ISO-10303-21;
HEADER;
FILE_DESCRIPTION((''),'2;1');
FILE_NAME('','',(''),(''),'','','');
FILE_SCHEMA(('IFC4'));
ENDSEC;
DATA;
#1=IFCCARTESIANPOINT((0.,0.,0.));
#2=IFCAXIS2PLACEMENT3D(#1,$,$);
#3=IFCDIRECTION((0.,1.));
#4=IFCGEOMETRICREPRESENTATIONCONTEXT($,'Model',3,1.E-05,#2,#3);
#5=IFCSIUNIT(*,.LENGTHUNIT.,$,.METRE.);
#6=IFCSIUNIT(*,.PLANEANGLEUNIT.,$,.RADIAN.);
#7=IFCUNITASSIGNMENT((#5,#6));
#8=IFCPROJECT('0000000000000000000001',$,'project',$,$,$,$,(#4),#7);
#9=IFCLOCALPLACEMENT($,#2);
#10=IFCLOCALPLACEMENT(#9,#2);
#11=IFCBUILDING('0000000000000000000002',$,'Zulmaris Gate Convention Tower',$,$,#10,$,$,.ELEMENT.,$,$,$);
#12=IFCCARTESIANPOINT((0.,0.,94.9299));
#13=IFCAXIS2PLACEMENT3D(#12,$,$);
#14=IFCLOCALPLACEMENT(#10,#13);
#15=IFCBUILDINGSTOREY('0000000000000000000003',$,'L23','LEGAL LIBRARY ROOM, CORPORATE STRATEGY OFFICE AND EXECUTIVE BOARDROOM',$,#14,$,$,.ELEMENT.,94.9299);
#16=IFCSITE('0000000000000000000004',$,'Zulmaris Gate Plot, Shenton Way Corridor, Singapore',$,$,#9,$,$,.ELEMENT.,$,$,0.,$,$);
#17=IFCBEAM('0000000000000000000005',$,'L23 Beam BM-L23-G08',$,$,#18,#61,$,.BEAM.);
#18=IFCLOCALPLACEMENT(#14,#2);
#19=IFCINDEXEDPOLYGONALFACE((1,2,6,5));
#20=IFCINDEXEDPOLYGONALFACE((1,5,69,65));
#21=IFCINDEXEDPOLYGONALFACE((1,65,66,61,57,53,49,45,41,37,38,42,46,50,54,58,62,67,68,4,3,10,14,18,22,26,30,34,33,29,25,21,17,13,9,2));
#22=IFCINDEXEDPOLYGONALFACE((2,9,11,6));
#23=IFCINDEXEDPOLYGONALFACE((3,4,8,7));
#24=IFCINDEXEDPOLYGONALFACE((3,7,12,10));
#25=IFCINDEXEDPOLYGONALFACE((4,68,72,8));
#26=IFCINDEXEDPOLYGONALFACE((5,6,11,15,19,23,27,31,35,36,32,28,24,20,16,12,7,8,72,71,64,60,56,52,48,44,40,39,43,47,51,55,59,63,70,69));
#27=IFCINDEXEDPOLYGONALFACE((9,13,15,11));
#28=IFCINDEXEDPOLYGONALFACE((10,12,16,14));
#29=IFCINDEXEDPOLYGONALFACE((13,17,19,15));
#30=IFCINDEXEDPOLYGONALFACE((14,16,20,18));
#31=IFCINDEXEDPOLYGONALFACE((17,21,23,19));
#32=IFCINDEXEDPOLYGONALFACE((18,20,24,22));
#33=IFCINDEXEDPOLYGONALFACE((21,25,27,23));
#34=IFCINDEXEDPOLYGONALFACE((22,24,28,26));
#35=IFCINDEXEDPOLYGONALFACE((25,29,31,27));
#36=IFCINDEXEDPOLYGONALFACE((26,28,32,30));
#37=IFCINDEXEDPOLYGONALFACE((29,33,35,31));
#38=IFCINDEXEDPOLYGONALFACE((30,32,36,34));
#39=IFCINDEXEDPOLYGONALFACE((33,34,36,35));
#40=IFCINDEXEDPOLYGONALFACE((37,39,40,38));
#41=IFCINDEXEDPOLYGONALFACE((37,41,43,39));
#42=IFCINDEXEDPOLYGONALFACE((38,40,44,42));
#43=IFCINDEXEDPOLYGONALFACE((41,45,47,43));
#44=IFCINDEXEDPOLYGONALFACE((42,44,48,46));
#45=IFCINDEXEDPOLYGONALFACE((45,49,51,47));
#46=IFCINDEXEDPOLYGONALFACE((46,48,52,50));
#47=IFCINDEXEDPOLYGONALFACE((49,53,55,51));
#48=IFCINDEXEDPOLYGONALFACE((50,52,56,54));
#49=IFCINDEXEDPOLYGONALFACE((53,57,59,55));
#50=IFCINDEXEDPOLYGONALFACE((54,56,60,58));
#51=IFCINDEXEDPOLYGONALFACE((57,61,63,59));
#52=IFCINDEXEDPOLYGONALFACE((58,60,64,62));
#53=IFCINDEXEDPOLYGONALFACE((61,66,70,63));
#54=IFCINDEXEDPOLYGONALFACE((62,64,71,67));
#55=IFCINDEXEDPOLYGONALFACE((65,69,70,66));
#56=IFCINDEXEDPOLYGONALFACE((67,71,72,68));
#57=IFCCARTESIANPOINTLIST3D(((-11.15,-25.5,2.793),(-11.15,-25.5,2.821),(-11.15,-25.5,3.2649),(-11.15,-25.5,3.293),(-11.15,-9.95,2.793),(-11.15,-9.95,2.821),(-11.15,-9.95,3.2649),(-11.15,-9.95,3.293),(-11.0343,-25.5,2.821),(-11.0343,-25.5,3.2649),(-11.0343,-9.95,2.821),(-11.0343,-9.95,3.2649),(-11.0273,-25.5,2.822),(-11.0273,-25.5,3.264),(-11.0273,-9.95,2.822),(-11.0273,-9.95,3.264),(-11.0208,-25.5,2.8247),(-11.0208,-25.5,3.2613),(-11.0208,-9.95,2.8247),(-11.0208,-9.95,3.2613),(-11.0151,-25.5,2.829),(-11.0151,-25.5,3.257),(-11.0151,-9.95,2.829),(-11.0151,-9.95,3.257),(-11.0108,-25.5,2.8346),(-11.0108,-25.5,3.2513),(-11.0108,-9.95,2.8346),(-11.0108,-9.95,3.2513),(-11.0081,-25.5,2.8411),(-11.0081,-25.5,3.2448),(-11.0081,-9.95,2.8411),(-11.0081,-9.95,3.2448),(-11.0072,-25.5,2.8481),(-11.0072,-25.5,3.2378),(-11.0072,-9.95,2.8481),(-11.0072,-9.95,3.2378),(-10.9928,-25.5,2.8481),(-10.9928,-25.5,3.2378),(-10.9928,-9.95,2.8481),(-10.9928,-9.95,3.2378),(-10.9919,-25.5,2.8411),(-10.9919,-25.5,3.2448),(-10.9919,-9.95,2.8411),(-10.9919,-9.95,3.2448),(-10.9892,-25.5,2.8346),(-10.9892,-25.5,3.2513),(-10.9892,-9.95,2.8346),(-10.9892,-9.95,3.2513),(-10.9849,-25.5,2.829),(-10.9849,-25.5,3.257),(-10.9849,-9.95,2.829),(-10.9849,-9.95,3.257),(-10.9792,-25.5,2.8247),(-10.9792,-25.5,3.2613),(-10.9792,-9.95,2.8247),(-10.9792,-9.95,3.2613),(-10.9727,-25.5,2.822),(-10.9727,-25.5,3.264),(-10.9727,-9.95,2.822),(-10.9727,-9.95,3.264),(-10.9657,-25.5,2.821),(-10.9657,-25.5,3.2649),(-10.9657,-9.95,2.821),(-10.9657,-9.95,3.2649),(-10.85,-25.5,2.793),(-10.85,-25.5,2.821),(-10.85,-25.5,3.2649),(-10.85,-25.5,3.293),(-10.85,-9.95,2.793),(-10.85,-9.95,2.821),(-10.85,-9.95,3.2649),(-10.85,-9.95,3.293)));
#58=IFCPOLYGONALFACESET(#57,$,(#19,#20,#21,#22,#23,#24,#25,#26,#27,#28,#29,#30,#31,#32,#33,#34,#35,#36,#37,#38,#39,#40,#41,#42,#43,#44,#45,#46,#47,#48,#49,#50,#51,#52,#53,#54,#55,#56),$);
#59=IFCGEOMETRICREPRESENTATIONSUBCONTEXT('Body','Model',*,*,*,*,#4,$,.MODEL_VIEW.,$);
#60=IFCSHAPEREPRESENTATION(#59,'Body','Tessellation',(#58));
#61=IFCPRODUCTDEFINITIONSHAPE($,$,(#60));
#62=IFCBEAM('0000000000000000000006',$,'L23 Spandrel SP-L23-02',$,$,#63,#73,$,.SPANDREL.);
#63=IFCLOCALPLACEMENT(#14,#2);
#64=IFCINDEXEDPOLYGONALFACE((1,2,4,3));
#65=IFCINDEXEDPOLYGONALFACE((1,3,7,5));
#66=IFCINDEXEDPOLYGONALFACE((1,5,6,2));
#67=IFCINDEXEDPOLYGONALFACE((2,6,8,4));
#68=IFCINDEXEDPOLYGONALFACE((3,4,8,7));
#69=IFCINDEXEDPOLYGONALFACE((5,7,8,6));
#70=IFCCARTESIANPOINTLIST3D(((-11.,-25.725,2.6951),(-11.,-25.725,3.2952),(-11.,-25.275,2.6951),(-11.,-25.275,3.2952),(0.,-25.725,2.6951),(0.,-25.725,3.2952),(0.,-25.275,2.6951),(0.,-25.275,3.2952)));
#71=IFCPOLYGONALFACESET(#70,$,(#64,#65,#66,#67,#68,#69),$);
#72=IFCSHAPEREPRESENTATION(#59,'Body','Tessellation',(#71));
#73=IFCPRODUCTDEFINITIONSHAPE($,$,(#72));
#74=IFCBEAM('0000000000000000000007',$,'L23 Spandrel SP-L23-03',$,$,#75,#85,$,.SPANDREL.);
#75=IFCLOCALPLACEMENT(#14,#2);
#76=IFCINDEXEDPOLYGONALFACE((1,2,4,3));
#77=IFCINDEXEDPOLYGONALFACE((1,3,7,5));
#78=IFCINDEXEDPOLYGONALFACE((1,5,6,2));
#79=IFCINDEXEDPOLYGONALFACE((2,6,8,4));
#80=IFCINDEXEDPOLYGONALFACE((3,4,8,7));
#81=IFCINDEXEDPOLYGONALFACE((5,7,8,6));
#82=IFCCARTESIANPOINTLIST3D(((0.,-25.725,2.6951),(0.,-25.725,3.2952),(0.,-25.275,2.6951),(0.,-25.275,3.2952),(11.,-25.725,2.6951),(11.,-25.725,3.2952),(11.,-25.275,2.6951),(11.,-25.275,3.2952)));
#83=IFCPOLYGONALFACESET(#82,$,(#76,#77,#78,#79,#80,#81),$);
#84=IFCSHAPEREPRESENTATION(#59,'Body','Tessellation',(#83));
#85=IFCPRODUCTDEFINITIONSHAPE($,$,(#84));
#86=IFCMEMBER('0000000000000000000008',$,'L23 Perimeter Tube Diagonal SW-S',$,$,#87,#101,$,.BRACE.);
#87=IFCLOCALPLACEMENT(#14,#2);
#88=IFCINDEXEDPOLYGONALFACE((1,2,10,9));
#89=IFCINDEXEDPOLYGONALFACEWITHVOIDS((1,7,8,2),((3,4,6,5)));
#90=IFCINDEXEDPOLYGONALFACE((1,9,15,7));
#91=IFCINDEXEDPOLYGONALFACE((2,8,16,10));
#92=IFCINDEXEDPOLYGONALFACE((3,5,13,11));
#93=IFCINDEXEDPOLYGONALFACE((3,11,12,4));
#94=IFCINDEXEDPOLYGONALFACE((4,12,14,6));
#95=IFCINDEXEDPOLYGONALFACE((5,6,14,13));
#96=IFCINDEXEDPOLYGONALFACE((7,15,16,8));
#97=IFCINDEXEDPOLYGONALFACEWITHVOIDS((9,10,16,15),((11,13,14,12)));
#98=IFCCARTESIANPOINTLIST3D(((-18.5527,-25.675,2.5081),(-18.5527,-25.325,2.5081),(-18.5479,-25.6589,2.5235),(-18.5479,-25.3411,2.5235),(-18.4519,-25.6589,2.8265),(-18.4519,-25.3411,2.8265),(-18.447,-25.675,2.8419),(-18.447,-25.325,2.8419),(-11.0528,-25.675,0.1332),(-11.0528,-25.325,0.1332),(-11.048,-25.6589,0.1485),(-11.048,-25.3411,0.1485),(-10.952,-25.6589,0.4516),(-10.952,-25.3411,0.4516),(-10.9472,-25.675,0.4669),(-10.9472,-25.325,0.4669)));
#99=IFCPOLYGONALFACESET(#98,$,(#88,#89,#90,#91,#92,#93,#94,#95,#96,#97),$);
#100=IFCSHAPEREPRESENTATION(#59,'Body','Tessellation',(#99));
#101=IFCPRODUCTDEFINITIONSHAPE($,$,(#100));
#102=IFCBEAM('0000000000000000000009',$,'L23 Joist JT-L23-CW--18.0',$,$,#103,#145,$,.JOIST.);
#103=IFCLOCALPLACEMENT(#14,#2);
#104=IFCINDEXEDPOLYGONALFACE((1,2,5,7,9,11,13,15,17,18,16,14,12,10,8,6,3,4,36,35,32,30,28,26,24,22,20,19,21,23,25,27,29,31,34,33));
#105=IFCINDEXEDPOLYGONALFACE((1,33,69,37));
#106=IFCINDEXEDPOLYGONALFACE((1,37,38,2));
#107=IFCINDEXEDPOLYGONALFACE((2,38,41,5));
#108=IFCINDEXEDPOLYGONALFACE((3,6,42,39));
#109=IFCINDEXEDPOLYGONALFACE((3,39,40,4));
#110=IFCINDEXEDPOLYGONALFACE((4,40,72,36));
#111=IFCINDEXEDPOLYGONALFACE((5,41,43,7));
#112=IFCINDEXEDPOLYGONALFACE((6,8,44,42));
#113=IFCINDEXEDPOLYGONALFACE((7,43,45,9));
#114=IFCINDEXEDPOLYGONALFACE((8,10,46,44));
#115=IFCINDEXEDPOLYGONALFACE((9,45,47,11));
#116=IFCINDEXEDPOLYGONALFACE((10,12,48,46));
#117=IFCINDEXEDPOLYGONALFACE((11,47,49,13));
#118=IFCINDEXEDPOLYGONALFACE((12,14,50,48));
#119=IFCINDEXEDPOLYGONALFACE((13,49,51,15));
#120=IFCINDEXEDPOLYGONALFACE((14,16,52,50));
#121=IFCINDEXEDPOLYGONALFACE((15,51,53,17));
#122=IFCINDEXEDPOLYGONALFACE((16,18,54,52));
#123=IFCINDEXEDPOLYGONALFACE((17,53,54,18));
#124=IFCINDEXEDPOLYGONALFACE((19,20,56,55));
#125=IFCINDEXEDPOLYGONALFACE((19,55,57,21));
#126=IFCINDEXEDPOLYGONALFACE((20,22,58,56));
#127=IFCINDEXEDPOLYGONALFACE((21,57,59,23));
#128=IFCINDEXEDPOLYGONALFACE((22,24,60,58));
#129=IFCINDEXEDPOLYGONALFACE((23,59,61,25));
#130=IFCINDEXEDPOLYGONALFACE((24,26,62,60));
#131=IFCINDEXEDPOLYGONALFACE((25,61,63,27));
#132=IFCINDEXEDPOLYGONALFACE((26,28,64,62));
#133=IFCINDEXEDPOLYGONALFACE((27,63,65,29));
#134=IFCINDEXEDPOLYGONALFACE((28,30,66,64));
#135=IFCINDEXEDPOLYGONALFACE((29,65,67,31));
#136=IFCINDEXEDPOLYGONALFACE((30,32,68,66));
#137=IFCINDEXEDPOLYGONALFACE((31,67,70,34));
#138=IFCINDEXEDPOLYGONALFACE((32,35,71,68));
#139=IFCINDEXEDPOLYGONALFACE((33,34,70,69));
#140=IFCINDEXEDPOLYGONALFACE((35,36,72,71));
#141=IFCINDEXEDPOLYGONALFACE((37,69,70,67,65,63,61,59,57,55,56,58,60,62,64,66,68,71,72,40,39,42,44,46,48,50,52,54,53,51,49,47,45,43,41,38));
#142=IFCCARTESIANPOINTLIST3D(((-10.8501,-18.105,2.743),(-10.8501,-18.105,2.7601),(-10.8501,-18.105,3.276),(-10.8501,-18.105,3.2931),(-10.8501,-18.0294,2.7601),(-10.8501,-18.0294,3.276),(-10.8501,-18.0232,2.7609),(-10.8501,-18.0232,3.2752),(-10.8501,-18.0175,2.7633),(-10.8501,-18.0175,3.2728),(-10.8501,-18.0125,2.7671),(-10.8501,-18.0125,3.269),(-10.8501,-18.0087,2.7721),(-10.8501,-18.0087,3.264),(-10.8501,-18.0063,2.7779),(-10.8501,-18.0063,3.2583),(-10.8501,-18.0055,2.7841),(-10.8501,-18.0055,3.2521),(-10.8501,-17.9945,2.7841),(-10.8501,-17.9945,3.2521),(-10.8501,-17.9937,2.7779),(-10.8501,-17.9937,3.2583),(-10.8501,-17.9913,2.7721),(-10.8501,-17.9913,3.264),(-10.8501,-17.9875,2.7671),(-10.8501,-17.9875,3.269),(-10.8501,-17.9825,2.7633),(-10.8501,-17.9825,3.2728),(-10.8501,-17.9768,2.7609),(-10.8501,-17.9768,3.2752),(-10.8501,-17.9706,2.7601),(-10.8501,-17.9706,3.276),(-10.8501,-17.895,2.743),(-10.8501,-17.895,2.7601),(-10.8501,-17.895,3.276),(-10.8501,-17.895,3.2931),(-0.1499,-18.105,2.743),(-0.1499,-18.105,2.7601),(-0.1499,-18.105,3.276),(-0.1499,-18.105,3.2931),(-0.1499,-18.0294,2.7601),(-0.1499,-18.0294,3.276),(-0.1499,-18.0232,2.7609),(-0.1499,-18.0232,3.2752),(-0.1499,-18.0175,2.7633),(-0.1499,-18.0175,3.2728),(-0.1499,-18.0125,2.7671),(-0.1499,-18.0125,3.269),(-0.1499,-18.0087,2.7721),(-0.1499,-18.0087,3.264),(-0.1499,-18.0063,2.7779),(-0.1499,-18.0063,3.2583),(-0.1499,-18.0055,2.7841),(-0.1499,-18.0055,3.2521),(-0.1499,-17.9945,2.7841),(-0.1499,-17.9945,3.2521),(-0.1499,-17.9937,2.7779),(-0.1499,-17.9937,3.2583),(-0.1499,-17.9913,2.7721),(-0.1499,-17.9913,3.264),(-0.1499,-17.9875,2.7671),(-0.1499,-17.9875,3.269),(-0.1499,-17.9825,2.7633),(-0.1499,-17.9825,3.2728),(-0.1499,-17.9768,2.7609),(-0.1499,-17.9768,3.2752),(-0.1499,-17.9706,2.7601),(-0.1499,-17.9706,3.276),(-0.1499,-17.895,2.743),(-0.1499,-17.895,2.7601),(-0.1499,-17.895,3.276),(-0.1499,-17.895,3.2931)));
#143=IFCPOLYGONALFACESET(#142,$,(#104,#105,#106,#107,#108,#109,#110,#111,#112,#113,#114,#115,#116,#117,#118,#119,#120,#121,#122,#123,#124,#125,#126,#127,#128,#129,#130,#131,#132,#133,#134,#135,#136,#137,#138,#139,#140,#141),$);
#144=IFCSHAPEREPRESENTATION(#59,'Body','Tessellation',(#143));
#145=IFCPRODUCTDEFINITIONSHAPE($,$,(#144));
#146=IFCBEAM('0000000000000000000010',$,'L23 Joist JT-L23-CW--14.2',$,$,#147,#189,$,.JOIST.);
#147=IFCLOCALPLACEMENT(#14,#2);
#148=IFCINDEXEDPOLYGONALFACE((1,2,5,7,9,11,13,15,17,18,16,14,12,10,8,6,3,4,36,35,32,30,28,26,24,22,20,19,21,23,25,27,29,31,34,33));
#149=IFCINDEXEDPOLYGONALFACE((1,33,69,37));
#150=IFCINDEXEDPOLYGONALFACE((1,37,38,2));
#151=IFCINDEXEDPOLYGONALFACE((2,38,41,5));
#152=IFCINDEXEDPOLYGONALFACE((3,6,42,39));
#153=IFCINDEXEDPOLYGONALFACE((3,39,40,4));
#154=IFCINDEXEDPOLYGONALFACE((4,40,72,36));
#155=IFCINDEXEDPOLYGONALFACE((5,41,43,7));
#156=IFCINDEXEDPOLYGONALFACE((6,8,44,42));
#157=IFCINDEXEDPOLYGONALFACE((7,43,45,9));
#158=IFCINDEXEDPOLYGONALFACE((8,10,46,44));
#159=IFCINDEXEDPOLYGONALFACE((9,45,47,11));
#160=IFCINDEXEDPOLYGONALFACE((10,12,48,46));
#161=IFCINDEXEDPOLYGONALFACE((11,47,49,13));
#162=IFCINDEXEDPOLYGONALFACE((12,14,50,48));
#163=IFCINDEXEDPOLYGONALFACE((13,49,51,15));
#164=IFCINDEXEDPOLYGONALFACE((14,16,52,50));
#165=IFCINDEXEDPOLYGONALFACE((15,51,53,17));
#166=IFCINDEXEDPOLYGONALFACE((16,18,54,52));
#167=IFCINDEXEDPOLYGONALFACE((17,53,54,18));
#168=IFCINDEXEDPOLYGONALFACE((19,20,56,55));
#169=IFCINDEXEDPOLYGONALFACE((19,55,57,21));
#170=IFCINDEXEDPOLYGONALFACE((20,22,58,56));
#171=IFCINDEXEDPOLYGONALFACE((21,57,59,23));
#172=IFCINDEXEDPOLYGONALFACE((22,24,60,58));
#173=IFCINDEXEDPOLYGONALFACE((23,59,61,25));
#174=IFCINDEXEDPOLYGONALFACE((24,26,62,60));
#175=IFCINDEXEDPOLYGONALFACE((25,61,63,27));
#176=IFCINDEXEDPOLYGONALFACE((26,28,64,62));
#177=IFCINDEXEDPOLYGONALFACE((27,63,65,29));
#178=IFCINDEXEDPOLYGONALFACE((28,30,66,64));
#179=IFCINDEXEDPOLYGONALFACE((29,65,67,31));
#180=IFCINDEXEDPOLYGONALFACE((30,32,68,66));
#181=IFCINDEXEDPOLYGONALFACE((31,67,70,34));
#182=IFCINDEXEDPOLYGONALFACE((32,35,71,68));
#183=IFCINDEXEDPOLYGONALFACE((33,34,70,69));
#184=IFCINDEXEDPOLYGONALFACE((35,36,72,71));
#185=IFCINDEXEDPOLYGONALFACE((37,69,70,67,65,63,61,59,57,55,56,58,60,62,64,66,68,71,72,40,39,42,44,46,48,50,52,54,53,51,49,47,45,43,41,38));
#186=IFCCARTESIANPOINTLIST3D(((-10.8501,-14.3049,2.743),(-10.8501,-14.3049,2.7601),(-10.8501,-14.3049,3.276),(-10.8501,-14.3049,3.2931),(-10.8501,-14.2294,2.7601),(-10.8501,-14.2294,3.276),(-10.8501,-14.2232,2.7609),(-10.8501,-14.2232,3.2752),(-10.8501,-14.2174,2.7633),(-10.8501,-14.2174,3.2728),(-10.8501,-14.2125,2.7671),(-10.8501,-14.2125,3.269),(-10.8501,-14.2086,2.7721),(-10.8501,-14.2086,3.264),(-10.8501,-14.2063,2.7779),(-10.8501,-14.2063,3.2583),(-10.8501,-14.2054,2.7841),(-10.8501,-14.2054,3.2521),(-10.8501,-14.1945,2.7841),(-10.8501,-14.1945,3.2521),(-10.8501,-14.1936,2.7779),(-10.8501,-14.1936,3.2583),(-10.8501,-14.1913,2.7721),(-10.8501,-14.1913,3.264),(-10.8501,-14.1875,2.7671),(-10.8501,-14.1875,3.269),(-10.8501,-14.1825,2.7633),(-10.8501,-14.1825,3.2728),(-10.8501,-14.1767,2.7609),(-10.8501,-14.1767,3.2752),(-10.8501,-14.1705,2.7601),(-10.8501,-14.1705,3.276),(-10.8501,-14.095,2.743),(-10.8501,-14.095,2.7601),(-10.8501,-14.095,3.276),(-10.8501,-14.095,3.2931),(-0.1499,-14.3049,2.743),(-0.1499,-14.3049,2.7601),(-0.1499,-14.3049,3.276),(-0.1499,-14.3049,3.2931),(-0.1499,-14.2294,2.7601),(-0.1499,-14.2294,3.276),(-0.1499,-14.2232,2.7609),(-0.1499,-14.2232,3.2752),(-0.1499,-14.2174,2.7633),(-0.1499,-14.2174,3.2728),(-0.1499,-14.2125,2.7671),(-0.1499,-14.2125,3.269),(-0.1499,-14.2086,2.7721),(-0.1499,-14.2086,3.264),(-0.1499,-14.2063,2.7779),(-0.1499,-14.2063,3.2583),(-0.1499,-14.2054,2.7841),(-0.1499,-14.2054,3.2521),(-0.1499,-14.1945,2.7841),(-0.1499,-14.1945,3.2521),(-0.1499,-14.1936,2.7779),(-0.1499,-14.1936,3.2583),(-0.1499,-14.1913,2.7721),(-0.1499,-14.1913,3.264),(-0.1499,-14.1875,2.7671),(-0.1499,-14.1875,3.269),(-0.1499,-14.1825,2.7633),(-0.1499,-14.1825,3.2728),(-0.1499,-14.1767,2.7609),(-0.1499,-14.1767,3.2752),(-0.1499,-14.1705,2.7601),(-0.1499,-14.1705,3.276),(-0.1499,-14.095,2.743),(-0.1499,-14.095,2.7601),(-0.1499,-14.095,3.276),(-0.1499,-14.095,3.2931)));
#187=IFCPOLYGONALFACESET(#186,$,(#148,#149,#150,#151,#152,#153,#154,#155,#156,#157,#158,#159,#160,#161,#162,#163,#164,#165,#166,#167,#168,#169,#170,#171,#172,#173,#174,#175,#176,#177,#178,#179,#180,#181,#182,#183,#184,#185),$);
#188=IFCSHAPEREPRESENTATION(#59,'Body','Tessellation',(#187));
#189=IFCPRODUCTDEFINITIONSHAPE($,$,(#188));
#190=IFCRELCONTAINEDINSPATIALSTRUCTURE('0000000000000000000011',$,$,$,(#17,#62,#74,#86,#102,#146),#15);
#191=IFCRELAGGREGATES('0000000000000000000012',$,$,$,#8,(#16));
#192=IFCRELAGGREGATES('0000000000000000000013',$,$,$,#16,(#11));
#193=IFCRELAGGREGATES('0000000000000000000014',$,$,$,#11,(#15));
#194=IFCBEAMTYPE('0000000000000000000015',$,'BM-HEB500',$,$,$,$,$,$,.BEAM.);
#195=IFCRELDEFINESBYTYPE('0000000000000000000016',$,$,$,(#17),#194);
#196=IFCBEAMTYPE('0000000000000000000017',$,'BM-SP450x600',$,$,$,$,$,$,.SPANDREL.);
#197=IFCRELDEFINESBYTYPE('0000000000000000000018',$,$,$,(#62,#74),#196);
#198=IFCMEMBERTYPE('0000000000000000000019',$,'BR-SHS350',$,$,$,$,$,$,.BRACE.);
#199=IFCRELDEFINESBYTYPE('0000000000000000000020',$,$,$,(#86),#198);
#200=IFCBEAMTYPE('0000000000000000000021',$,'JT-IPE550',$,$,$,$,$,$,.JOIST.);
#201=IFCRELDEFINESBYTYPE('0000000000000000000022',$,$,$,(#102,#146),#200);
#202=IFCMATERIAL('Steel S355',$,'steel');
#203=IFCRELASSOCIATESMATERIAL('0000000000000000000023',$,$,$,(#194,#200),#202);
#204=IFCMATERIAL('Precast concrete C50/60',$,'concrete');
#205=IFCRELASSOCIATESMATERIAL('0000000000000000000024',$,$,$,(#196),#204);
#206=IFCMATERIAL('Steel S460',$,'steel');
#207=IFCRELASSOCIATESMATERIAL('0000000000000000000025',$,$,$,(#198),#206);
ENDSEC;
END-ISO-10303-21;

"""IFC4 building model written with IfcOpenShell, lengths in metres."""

from ifc_helpers import new_model, si_unit, direction, frame, origin, origin_2d, place, context, subcontext, project, spatial, rectangle, hollow_rectangle, i_section, extrude, material, material_profile, profile_set, type_object, element, save


model = new_model("IFC4")

# Units and contexts
model_context = context("Model", 3, precision=1e-05, world=origin(), true_north=direction((0.0, 1.0)))
body_context = subcontext(model_context, "Body", "Model", "MODEL_VIEW")
ifc_project = project(units=[si_unit("LENGTHUNIT", "METRE"), si_unit("PLANEANGLEUNIT", "RADIAN")], contexts=[model_context])

# Site, building, storey
site_placement = place(None, origin())
site = spatial("IfcSite", under=ifc_project, at=site_placement, Name="Zulmaris Gate Plot, Shenton Way Corridor, Singapore", CompositionType="ELEMENT", RefElevation=0.0)
building_placement = place(site_placement, origin())
building = spatial("IfcBuilding", under=site, at=building_placement, Name="Zulmaris Gate Convention Tower", CompositionType="ELEMENT")
storey_placement = place(building_placement, frame((0.0, 0.0, 94.9299)))
storey = spatial("IfcBuildingStorey", under=building, at=storey_placement, Name="L23", Description="LEGAL LIBRARY ROOM, CORPORATE STRATEGY OFFICE AND EXECUTIVE BOARDROOM", CompositionType="ELEMENT", Elevation=94.9299)

# Beams
ifc_material_1 = material(Name="Steel S355", Category="steel")
ifc_material_profile_1 = material_profile(ifc_material_1, i_section(OverallWidth=0.3, OverallDepth=0.5, WebThickness=0.0144, FlangeThickness=0.0281, FilletRadius=0.0271, at=origin_2d()), Name="HEB 500")
ifc_profile_set_1 = profile_set([ifc_material_profile_1], Name="Steel S355")
beam_type_1 = type_object("IfcBeamType", Name="BM-HEB500", PredefinedType="BEAM", material=ifc_profile_set_1)
beam_1_placement = place(storey_placement, frame((-11.0, -25.5, 3.043), z_axis=(0.0, 1.0, 0.0), x_axis=(-1.0, 0.0, 0.0)))
element("IfcBeam", 1, at=beam_1_placement, inside=storey, type_object=beam_type_1, Name="L23 Beam BM-L23-G08", PredefinedType="BEAM", context=body_context, shape_type="SweptSolid", body=[
    extrude(i_section(OverallWidth=0.3, OverallDepth=0.5, WebThickness=0.0144, FlangeThickness=0.0281, FilletRadius=0.0271, at=origin_2d()), origin(), (0.0, 0.0, 1.0), 15.55),
])
ifc_material_2 = material(Name="Precast concrete C50/60", Category="concrete")
ifc_material_profile_2 = material_profile(ifc_material_2, rectangle(XDim=0.45, YDim=0.6001, at=origin_2d()), Name="RC SPANDREL 450x600")
ifc_profile_set_2 = profile_set([ifc_material_profile_2], Name="Precast concrete C50/60")
beam_type_2 = type_object("IfcBeamType", Name="BM-SP450x600", PredefinedType="SPANDREL", material=ifc_profile_set_2)
for number, where, z_axis, x_axis, name in (
    (2, (-11.0, -25.5, 2.9951), (1.0, 0.0, 0.0), (0.0, 1.0, 0.0), "L23 Spandrel SP-L23-02"),
    (3, (0.0, -25.5, 2.9951), (1.0, 0.0, 0.0), (0.0, 1.0, 0.0), "L23 Spandrel SP-L23-03"),
):
    element("IfcBeam", number, at=place(storey_placement, frame(where, z_axis=z_axis, x_axis=x_axis)), inside=storey, type_object=beam_type_2, Name=name, PredefinedType="SPANDREL", context=body_context, shape_type="SweptSolid", body=[
        extrude(rectangle(XDim=0.45, YDim=0.6001, at=origin_2d()), origin(), (0.0, 0.0, 1.0), 11.0),
    ])

# Member
ifc_material_3 = material(Name="Steel S460", Category="steel")
ifc_material_profile_3 = material_profile(ifc_material_3, hollow_rectangle(XDim=0.3501, YDim=0.3501, WallThickness=0.0161, at=origin_2d()), Name="SHS 350x350x16")
ifc_profile_set_3 = profile_set([ifc_material_profile_3], Name="Steel S460")
member_type = type_object("IfcMemberType", Name="BR-SHS350", PredefinedType="BRACE", material=ifc_profile_set_3)
member_placement = place(storey_placement, frame((-11.0, -25.5, 0.3), z_axis=(-0.953342, 0.0, 0.301892), x_axis=(0.0, -1.0, 0.0)))
element("IfcMember", 4, at=member_placement, inside=storey, type_object=member_type, Name="L23 Perimeter Tube Diagonal SW-S", PredefinedType="BRACE", context=body_context, shape_type="SweptSolid", body=[
    extrude(hollow_rectangle(XDim=0.3501, YDim=0.3501, WallThickness=0.0161, at=origin_2d()), origin(), (0.0, 0.0, 1.0), 7.8669),
])

# Beams
ifc_material_profile_4 = material_profile(ifc_material_1, i_section(OverallWidth=0.21, OverallDepth=0.55, WebThickness=0.011, FlangeThickness=0.0171, FilletRadius=0.0239, at=origin_2d()), Name="IPE 550")
ifc_profile_set_4 = profile_set([ifc_material_profile_4], Name="Steel S355")
beam_type_3 = type_object("IfcBeamType", Name="JT-IPE550", PredefinedType="JOIST", material=ifc_profile_set_4)
for number, where, z_axis, x_axis, name in (
    (5, (-10.8501, -18.0, 3.0181), (1.0, 0.0, 0.0), (0.0, 1.0, 0.0), "L23 Joist JT-L23-CW--18.0"),
    (6, (-10.8501, -14.2, 3.0181), (1.0, 0.0, 0.0), (0.0, 1.0, 0.0), "L23 Joist JT-L23-CW--14.2"),
):
    element("IfcBeam", number, at=place(storey_placement, frame(where, z_axis=z_axis, x_axis=x_axis)), inside=storey, type_object=beam_type_3, Name=name, PredefinedType="JOIST", context=body_context, shape_type="SweptSolid", body=[
        extrude(i_section(OverallWidth=0.21, OverallDepth=0.55, WebThickness=0.011, FlangeThickness=0.0171, FilletRadius=0.0239, at=origin_2d()), origin(), (0.0, 0.0, 1.0), 10.7002),
    ])

save(model, "model.ifc")
